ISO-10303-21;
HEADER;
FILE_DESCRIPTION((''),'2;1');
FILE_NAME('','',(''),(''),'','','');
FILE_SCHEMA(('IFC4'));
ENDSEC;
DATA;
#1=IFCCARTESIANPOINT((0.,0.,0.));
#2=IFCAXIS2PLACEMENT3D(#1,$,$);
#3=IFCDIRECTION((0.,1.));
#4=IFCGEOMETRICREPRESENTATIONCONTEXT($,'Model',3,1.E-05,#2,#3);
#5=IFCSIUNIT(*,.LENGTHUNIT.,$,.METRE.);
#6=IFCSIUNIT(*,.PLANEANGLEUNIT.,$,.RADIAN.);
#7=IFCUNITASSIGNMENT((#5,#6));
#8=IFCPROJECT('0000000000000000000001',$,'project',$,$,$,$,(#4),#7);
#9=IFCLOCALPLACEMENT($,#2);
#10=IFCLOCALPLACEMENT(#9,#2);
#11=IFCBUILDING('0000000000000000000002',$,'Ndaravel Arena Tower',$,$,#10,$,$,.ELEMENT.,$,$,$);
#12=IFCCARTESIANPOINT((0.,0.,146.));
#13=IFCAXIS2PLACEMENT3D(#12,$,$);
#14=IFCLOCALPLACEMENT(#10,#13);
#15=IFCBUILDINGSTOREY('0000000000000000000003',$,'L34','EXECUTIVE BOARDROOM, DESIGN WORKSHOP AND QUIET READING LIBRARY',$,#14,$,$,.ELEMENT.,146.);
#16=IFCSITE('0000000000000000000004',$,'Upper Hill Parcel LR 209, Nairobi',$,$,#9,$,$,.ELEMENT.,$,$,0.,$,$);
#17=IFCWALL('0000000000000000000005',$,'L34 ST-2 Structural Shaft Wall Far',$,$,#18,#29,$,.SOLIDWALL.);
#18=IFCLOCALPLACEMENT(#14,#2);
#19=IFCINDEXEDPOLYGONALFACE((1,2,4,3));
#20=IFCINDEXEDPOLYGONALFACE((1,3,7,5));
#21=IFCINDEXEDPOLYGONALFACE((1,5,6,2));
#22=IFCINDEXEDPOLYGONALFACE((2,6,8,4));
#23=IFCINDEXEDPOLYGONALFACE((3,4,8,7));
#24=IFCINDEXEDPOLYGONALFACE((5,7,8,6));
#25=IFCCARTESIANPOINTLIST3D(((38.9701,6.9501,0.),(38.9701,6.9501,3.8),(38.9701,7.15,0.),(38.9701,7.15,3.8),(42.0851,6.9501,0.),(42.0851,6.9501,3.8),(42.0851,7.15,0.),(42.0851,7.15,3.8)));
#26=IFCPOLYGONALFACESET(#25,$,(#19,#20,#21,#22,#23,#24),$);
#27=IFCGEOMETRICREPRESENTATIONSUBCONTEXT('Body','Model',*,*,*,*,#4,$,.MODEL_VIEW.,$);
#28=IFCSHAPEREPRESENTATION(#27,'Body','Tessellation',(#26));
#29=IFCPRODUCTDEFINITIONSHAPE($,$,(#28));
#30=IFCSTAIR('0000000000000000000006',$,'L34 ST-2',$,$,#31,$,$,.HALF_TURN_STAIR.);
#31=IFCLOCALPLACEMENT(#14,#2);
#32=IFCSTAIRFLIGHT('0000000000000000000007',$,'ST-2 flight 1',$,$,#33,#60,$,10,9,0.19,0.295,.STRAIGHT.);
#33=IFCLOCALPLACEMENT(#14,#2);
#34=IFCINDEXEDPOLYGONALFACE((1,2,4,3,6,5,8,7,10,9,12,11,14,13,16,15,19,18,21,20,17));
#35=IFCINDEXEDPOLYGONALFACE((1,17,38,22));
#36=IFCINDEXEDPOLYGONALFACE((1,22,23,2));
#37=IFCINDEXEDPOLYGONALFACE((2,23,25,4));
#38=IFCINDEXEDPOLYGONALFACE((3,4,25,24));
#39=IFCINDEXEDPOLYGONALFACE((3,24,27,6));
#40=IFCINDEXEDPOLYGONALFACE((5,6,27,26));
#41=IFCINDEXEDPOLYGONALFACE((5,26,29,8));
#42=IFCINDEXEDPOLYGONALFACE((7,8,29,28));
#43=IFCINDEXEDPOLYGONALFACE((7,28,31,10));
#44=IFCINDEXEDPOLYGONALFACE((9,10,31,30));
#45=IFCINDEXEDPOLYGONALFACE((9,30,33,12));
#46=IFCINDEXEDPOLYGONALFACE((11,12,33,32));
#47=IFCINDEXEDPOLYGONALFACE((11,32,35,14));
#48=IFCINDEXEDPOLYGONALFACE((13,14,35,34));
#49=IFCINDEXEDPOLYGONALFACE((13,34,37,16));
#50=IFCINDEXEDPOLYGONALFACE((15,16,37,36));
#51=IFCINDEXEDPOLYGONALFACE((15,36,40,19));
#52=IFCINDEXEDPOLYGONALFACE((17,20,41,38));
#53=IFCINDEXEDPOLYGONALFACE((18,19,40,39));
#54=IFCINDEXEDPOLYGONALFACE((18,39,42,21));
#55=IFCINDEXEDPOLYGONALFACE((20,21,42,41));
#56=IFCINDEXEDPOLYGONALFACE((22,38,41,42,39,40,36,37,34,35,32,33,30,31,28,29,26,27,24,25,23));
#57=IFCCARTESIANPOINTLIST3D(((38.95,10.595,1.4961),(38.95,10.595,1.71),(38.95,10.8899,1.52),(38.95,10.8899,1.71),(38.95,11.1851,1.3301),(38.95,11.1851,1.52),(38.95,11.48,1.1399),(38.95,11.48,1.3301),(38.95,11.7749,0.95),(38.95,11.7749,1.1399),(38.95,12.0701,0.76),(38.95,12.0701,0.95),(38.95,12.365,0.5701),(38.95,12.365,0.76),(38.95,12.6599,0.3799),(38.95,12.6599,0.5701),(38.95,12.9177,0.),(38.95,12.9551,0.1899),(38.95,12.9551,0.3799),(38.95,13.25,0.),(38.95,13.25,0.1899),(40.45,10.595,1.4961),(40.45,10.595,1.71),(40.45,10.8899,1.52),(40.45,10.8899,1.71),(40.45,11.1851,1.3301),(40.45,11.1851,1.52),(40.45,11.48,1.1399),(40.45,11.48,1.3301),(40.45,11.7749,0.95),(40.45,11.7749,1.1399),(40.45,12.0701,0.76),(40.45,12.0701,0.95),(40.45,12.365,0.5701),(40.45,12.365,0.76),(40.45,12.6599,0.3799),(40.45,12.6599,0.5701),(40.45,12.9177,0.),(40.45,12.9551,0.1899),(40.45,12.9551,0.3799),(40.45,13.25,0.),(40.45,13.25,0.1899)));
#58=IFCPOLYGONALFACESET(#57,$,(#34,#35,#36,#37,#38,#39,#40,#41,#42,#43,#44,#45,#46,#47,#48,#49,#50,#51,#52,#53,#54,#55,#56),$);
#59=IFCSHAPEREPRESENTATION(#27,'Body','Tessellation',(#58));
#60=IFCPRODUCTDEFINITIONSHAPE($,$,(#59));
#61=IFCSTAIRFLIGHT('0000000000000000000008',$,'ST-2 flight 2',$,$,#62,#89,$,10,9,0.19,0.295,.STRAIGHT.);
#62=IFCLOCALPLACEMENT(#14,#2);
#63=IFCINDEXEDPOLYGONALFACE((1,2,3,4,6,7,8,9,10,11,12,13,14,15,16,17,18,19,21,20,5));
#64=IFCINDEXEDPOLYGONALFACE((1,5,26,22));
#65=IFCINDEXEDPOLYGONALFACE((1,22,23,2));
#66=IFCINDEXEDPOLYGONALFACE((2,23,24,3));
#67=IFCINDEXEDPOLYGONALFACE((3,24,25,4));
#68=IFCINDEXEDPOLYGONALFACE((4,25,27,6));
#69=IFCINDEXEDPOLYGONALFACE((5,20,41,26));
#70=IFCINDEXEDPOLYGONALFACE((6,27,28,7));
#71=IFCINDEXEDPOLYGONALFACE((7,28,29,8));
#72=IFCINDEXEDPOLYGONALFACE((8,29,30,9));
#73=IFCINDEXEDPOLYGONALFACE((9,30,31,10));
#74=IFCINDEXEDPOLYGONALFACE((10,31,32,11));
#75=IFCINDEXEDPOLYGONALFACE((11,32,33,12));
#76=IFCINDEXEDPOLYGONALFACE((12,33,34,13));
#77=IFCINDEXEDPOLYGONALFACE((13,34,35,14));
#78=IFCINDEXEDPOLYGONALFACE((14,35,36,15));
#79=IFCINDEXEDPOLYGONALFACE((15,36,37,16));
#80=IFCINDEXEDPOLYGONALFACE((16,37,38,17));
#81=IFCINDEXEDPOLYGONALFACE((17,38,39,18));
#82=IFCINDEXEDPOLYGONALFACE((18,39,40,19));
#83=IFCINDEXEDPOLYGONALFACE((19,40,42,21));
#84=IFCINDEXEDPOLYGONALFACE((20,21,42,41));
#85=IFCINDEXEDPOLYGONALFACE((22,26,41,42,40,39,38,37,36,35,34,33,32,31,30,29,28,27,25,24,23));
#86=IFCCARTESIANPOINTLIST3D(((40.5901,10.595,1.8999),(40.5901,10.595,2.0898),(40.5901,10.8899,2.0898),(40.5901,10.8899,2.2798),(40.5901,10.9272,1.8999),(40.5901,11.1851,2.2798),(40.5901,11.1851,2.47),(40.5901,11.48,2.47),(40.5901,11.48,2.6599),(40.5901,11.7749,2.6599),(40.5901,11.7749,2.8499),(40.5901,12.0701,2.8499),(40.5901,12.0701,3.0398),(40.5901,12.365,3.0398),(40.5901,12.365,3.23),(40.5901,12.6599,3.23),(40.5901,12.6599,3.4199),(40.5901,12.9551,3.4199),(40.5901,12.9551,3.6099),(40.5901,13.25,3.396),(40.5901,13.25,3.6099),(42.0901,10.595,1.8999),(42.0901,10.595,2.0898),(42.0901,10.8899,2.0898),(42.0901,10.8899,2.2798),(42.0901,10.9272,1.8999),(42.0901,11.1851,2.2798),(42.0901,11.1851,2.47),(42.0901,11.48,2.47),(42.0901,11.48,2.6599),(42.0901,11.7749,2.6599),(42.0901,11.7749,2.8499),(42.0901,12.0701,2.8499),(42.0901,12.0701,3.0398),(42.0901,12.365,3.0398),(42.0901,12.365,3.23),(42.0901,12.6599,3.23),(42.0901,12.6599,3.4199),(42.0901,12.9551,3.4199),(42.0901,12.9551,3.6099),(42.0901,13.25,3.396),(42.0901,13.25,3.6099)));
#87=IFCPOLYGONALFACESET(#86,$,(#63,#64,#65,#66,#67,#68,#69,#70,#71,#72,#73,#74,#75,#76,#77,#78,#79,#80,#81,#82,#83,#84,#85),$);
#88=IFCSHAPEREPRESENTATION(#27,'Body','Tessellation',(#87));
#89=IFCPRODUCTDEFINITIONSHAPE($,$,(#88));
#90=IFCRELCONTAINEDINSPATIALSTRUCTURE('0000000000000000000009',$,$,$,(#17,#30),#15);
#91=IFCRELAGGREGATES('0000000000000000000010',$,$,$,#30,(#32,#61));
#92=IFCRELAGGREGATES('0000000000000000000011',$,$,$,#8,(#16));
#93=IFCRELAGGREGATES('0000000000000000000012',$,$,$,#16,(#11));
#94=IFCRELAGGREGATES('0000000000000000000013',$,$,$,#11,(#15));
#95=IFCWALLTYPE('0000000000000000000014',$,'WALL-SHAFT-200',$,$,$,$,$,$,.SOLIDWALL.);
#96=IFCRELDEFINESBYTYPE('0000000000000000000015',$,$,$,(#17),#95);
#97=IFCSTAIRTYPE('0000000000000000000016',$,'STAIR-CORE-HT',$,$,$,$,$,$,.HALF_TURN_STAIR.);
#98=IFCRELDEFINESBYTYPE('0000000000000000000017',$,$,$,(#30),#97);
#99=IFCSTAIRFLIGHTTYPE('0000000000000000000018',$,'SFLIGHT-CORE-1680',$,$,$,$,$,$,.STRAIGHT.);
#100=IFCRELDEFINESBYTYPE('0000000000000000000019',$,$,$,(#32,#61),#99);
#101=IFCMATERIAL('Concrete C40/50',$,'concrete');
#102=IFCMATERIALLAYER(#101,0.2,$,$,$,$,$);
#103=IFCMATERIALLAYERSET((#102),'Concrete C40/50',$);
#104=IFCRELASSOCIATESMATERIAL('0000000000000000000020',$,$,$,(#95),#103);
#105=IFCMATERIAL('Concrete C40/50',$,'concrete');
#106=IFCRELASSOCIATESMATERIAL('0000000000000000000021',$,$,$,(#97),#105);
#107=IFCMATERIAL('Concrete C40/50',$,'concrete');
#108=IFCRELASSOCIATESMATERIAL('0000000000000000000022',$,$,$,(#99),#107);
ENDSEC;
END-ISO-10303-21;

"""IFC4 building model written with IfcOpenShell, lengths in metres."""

from ifc_helpers import new_model, si_unit, direction, frame, frame_2d, origin, place, context, subcontext, project, spatial, polyline, rectangle, outline, extrude, material, layer, layer_set, type_object, element, aggregate, save


model = new_model("IFC4")

# Units and contexts
model_context = context("Model", 3, precision=1e-05, world=origin(), true_north=direction((0.0, 1.0)))
body_context = subcontext(model_context, "Body", "Model", "MODEL_VIEW")
ifc_project = project(units=[si_unit("LENGTHUNIT", "METRE"), si_unit("PLANEANGLEUNIT", "RADIAN")], contexts=[model_context])

# Site, building, storey
site_placement = place(None, origin())
site = spatial("IfcSite", under=ifc_project, at=site_placement, Name="Upper Hill Parcel LR 209, Nairobi", CompositionType="ELEMENT", RefElevation=0.0)
building_placement = place(site_placement, origin())
building = spatial("IfcBuilding", under=site, at=building_placement, Name="Ndaravel Arena Tower", CompositionType="ELEMENT")
storey_placement = place(building_placement, frame((0.0, 0.0, 146.0)))
storey = spatial("IfcBuildingStorey", under=building, at=storey_placement, Name="L34", Description="EXECUTIVE BOARDROOM, DESIGN WORKSHOP AND QUIET READING LIBRARY", CompositionType="ELEMENT", Elevation=146.0)

# Wall
ifc_material_1 = material(Name="Concrete C40/50", Category="concrete")
ifc_layer_1 = layer(ifc_material_1, 0.2)
ifc_layer_set_1 = layer_set([ifc_layer_1], Name="Concrete C40/50")
wall_type_1 = type_object("IfcWallType", Name="WALL-SHAFT-200", PredefinedType="SOLIDWALL", material=ifc_layer_set_1)
wall_1_placement = place(storey_placement, frame((38.97, 7.05, 0.0), z_axis=(0.0, 0.0, 1.0), x_axis=(1.0, 0.0, 0.0)))
element("IfcWall", 1, at=wall_1_placement, inside=storey, type_object=wall_type_1, Name="L34 ST-2 Structural Shaft Wall Far", PredefinedType="SOLIDWALL", context=body_context, shape_type="SweptSolid", body=[
    extrude(rectangle(XDim=3.115, YDim=0.2, at=frame_2d((1.5576, 0.0))), origin(), (0.0, 0.0, 1.0), 3.8),
])

# Stair, stair flights
ifc_material_2 = material(Name="Concrete C40/50", Category="concrete")
stair_type = type_object("IfcStairType", Name="STAIR-CORE-HT", PredefinedType="HALF_TURN_STAIR", material=ifc_material_2)
stair_placement = place(storey_placement, origin())
stair = element("IfcStair", 2, at=stair_placement, inside=storey, type_object=stair_type, Name="L34 ST-2", PredefinedType="HALF_TURN_STAIR")
ifc_material_3 = material(Name="Concrete C40/50", Category="concrete")
stair_flight_type = type_object("IfcStairFlightType", Name="SFLIGHT-CORE-1680", PredefinedType="STRAIGHT", material=ifc_material_3)
stair_flight_1_placement = place(storey_placement, frame((39.7, 13.25, 0.0), z_axis=(0.0, 0.0, 1.0), x_axis=(0.0, -1.0, 0.0)))
stair_flight_1 = element("IfcStairFlight", 3, at=stair_flight_1_placement, type_object=stair_flight_type, Name="ST-2 flight 1", NumberOfRisers=10, NumberOfTreads=9, PredefinedType="STRAIGHT", RiserHeight=0.19, TreadLength=0.295, context=body_context, shape_type="SweptSolid", body=[
    extrude(outline(polyline([(0.0, 0.0), (0.0, 0.1899), (0.2949, 0.1899), (0.2949, 0.3799), (0.5901, 0.3799), (0.5901, 0.5701), (0.885, 0.5701), (0.885, 0.76), (1.1799, 0.76), (1.1799, 0.95), (1.4751, 0.95), (1.4751, 1.1399), (1.77, 1.1399), (1.77, 1.3301), (2.0649, 1.3301), (2.0649, 1.52), (2.3601, 1.52), (2.3601, 1.71), (2.655, 1.71), (2.655, 1.8999), (2.655, 1.4961), (0.3323, 0.0), (0.0, 0.0)])), frame((0.0, 0.75, 0.0), z_axis=(0.0, -1.0, 0.0), x_axis=(1.0, 0.0, 0.0)), (0.0, 0.0, 1.0), 1.5),
])
stair_flight_2_placement = place(storey_placement, frame((41.3401, 10.595, 1.8999), z_axis=(0.0, 0.0, 1.0), x_axis=(0.0, 1.0, 0.0)))
stair_flight_2 = element("IfcStairFlight", 4, at=stair_flight_2_placement, type_object=stair_flight_type, Name="ST-2 flight 2", NumberOfRisers=10, NumberOfTreads=9, PredefinedType="STRAIGHT", RiserHeight=0.19, TreadLength=0.295, context=body_context, shape_type="SweptSolid", body=[
    extrude(outline(polyline([(0.0, 0.0), (0.0, 0.1899), (0.2949, 0.1899), (0.2949, 0.3799), (0.5901, 0.3799), (0.5901, 0.5701), (0.885, 0.5701), (0.885, 0.76), (1.1799, 0.76), (1.1799, 0.95), (1.4751, 0.95), (1.4751, 1.1399), (1.77, 1.1399), (1.77, 1.3301), (2.0649, 1.3301), (2.0649, 1.52), (2.3601, 1.52), (2.3601, 1.71), (2.655, 1.71), (2.655, 1.8999), (2.655, 1.4961), (0.3323, 0.0), (0.0, 0.0)])), frame((0.0, 0.75, 0.0), z_axis=(0.0, -1.0, 0.0), x_axis=(1.0, 0.0, 0.0)), (0.0, 0.0, 1.0), 1.5),
])
aggregate(stair, [stair_flight_1, stair_flight_2])

save(model, "model.ifc")
